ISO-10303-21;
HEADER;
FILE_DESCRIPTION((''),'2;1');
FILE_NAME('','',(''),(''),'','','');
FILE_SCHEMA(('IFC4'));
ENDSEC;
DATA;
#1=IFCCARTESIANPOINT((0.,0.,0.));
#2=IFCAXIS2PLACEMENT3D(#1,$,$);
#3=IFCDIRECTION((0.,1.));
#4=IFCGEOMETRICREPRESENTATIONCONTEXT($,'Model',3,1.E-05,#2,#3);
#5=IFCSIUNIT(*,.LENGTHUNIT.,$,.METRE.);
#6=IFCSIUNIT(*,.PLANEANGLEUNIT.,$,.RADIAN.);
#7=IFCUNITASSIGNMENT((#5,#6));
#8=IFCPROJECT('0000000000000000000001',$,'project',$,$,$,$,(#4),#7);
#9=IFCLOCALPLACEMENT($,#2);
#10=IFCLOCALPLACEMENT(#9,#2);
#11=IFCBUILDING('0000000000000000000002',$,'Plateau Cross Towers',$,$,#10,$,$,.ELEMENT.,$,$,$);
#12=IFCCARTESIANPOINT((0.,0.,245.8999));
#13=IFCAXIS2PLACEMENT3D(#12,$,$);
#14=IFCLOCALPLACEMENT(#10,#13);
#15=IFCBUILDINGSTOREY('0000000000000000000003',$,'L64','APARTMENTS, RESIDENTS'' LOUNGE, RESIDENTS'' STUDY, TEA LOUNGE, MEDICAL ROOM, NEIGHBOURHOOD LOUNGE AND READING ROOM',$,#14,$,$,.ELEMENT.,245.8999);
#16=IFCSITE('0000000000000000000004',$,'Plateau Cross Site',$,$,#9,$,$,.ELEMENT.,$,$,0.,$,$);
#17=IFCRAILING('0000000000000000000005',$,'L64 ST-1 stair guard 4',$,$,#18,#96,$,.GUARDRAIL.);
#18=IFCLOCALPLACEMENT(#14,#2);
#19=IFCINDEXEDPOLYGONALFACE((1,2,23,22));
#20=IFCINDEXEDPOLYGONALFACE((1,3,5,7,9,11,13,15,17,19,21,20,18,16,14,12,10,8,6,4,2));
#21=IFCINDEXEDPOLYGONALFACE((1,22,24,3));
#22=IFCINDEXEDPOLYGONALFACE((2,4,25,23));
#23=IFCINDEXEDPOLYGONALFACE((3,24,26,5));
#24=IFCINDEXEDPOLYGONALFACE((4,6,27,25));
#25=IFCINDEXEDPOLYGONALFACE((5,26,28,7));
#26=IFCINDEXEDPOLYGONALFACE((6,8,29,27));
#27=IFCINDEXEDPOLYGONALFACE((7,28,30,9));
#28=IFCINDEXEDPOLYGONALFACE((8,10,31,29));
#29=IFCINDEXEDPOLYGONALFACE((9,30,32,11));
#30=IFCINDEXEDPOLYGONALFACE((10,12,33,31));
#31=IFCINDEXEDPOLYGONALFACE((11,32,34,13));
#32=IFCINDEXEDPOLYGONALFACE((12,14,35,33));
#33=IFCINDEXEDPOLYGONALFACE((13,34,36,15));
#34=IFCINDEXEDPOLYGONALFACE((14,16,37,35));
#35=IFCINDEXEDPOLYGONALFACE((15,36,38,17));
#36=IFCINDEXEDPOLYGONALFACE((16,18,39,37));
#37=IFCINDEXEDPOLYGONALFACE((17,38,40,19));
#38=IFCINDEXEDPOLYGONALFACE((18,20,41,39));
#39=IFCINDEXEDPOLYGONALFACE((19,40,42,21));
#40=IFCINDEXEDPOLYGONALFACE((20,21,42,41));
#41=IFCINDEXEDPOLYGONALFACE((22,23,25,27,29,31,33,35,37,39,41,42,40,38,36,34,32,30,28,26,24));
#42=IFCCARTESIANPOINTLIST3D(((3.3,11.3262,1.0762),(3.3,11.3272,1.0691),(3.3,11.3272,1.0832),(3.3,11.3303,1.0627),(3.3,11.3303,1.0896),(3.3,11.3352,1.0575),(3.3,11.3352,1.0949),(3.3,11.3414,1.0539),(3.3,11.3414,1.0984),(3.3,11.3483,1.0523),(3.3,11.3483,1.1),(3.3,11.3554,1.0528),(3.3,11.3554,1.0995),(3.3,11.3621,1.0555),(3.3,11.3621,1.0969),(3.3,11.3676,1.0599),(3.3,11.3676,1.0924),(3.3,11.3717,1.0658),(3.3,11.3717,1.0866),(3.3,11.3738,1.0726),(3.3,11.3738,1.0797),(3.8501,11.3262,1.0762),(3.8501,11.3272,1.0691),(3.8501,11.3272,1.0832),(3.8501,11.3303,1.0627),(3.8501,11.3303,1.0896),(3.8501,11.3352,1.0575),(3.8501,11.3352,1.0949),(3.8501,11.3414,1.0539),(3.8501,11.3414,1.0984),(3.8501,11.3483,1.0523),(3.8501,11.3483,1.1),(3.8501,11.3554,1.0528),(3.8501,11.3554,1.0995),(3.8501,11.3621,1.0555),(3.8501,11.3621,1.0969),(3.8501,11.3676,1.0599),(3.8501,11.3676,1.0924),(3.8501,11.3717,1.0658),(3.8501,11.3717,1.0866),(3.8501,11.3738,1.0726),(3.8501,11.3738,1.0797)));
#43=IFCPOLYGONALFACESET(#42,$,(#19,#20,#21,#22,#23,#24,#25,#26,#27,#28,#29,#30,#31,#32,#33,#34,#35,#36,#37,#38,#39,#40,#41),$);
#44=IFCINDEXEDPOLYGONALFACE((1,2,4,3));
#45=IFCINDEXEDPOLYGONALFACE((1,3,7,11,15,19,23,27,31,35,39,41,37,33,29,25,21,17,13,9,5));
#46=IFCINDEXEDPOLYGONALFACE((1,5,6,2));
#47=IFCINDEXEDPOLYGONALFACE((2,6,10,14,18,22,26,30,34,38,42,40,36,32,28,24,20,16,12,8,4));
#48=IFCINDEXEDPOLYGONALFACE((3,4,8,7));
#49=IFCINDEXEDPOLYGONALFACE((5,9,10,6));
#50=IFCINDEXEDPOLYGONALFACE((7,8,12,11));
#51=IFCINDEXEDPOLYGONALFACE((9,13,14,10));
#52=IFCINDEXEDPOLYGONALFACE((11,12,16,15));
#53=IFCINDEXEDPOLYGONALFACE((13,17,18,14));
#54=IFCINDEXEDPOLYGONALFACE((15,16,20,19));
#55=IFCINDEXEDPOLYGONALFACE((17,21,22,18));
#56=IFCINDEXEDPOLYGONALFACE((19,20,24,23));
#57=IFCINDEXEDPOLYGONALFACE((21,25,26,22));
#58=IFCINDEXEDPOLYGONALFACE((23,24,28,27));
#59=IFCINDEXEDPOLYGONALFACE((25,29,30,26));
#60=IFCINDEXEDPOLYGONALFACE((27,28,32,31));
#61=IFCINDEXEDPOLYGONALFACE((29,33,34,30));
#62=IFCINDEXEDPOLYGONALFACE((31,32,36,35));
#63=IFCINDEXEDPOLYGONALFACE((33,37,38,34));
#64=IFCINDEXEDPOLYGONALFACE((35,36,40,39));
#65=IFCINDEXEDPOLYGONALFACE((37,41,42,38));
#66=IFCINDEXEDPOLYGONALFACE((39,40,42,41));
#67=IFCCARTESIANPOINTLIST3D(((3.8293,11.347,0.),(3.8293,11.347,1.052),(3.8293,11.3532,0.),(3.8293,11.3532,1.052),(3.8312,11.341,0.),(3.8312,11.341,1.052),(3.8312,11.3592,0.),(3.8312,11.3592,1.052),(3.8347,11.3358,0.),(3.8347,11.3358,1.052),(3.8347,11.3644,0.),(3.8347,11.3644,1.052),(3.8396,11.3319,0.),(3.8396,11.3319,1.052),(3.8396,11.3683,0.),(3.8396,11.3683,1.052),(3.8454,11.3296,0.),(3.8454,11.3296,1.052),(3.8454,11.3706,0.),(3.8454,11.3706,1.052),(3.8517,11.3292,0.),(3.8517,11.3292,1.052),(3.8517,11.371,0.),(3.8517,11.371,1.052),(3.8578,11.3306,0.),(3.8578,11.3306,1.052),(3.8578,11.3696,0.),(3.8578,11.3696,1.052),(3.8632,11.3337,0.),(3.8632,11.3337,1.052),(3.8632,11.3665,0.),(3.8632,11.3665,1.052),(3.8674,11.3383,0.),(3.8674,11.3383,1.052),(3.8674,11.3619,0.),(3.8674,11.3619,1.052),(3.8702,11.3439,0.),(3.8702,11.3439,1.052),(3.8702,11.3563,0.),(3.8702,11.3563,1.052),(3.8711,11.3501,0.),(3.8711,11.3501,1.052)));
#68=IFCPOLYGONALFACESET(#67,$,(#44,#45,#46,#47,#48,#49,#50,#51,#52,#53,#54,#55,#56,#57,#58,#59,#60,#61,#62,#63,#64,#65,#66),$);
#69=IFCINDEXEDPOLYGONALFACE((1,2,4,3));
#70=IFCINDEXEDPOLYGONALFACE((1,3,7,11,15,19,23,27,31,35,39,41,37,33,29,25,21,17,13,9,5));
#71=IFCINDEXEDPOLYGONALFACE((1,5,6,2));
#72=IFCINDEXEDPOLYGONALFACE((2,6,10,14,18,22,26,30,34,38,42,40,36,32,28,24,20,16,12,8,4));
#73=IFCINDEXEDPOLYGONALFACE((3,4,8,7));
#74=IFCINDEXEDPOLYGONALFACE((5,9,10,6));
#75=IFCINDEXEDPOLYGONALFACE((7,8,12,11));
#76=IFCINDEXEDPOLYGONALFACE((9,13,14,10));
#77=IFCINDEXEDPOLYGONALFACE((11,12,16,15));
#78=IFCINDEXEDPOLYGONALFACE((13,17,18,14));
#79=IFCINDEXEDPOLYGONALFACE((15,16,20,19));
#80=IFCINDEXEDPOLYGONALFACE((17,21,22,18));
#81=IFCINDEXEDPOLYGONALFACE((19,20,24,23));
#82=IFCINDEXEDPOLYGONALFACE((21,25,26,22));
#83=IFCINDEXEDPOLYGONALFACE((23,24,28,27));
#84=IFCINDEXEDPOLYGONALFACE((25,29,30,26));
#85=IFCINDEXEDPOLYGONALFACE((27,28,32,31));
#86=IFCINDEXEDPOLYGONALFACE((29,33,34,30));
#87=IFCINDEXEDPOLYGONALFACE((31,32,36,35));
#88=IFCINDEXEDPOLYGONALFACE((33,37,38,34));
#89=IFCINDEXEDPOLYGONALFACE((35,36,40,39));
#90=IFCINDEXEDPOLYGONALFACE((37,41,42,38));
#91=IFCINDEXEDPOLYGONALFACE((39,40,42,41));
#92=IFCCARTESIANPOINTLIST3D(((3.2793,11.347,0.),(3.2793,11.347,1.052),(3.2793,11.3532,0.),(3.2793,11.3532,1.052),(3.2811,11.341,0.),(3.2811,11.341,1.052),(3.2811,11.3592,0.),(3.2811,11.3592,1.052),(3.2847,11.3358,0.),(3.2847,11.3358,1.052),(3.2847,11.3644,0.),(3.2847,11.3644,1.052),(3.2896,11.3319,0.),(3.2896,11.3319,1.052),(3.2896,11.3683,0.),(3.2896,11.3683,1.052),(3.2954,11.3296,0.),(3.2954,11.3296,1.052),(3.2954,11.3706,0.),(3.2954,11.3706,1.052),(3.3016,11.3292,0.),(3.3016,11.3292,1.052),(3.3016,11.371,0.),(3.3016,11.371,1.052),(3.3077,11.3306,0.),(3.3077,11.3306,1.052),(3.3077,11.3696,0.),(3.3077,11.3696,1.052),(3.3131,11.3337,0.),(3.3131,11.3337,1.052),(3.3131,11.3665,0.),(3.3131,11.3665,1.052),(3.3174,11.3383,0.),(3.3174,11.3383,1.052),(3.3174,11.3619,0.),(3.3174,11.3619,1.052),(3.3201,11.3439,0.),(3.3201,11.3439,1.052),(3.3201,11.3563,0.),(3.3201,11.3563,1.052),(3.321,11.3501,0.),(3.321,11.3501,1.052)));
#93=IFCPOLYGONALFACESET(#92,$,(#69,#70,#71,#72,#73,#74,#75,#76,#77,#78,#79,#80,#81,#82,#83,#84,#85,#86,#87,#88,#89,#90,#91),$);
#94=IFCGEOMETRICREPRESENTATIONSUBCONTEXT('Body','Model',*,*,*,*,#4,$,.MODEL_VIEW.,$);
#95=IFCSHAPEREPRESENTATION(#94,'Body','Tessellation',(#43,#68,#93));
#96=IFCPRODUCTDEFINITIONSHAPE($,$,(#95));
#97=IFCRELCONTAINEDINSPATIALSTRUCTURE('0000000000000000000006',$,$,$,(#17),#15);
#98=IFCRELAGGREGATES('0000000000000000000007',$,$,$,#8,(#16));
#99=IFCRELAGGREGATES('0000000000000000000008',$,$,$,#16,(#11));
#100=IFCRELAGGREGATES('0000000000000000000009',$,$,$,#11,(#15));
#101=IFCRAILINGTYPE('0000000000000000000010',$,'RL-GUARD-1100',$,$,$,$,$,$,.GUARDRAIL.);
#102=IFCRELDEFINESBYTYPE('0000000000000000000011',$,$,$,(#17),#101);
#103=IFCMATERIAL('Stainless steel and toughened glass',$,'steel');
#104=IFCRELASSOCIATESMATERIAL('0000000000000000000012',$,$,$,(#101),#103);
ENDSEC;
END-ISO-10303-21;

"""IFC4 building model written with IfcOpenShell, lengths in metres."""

from ifc_helpers import new_model, si_unit, direction, frame, origin, origin_2d, place, context, subcontext, project, spatial, circle, extrude, material, type_object, element, save


model = new_model("IFC4")

# Units and contexts
model_context = context("Model", 3, precision=1e-05, world=origin(), true_north=direction((0.0, 1.0)))
body_context = subcontext(model_context, "Body", "Model", "MODEL_VIEW")
ifc_project = project(units=[si_unit("LENGTHUNIT", "METRE"), si_unit("PLANEANGLEUNIT", "RADIAN")], contexts=[model_context])

# Site, building, storey
site_placement = place(None, origin())
site = spatial("IfcSite", under=ifc_project, at=site_placement, Name="Plateau Cross Site", CompositionType="ELEMENT", RefElevation=0.0)
building_placement = place(site_placement, origin())
building = spatial("IfcBuilding", under=site, at=building_placement, Name="Plateau Cross Towers", CompositionType="ELEMENT")
storey_placement = place(building_placement, frame((0.0, 0.0, 245.8999)))
storey = spatial("IfcBuildingStorey", under=building, at=storey_placement, Name="L64", Description="APARTMENTS, RESIDENTS' LOUNGE, RESIDENTS' STUDY, TEA LOUNGE, MEDICAL ROOM, NEIGHBOURHOOD LOUNGE AND READING ROOM", CompositionType="ELEMENT", Elevation=245.8999)

# Railing
ifc_material_1 = material(Name="Stainless steel and toughened glass", Category="steel")
railing_type_1 = type_object("IfcRailingType", Name="RL-GUARD-1100", PredefinedType="GUARDRAIL", material=ifc_material_1)
railing_1_placement = place(storey_placement, frame((3.8501, 11.3501, 0.0)))
element("IfcRailing", 1, at=railing_1_placement, inside=storey, type_object=railing_type_1, Name="L64 ST-1 stair guard 4", PredefinedType="GUARDRAIL", context=body_context, shape_type="SweptSolid", body=[
    extrude(circle(Radius=0.0239, at=origin_2d()), frame((0.0, 0.0, 1.0762), z_axis=(-1.0, 0.0, 0.0), x_axis=(0.0, -1.0, 0.0)), (0.0, 0.0, 1.0), 0.55),
    extrude(circle(Radius=0.021, at=origin_2d()), origin(), (0.0, 0.0, 1.0), 1.052),
    extrude(circle(Radius=0.021, at=origin_2d()), frame((-0.55, 0.0, 0.0)), (0.0, 0.0, 1.0), 1.052),
])

save(model, "model.ifc")
